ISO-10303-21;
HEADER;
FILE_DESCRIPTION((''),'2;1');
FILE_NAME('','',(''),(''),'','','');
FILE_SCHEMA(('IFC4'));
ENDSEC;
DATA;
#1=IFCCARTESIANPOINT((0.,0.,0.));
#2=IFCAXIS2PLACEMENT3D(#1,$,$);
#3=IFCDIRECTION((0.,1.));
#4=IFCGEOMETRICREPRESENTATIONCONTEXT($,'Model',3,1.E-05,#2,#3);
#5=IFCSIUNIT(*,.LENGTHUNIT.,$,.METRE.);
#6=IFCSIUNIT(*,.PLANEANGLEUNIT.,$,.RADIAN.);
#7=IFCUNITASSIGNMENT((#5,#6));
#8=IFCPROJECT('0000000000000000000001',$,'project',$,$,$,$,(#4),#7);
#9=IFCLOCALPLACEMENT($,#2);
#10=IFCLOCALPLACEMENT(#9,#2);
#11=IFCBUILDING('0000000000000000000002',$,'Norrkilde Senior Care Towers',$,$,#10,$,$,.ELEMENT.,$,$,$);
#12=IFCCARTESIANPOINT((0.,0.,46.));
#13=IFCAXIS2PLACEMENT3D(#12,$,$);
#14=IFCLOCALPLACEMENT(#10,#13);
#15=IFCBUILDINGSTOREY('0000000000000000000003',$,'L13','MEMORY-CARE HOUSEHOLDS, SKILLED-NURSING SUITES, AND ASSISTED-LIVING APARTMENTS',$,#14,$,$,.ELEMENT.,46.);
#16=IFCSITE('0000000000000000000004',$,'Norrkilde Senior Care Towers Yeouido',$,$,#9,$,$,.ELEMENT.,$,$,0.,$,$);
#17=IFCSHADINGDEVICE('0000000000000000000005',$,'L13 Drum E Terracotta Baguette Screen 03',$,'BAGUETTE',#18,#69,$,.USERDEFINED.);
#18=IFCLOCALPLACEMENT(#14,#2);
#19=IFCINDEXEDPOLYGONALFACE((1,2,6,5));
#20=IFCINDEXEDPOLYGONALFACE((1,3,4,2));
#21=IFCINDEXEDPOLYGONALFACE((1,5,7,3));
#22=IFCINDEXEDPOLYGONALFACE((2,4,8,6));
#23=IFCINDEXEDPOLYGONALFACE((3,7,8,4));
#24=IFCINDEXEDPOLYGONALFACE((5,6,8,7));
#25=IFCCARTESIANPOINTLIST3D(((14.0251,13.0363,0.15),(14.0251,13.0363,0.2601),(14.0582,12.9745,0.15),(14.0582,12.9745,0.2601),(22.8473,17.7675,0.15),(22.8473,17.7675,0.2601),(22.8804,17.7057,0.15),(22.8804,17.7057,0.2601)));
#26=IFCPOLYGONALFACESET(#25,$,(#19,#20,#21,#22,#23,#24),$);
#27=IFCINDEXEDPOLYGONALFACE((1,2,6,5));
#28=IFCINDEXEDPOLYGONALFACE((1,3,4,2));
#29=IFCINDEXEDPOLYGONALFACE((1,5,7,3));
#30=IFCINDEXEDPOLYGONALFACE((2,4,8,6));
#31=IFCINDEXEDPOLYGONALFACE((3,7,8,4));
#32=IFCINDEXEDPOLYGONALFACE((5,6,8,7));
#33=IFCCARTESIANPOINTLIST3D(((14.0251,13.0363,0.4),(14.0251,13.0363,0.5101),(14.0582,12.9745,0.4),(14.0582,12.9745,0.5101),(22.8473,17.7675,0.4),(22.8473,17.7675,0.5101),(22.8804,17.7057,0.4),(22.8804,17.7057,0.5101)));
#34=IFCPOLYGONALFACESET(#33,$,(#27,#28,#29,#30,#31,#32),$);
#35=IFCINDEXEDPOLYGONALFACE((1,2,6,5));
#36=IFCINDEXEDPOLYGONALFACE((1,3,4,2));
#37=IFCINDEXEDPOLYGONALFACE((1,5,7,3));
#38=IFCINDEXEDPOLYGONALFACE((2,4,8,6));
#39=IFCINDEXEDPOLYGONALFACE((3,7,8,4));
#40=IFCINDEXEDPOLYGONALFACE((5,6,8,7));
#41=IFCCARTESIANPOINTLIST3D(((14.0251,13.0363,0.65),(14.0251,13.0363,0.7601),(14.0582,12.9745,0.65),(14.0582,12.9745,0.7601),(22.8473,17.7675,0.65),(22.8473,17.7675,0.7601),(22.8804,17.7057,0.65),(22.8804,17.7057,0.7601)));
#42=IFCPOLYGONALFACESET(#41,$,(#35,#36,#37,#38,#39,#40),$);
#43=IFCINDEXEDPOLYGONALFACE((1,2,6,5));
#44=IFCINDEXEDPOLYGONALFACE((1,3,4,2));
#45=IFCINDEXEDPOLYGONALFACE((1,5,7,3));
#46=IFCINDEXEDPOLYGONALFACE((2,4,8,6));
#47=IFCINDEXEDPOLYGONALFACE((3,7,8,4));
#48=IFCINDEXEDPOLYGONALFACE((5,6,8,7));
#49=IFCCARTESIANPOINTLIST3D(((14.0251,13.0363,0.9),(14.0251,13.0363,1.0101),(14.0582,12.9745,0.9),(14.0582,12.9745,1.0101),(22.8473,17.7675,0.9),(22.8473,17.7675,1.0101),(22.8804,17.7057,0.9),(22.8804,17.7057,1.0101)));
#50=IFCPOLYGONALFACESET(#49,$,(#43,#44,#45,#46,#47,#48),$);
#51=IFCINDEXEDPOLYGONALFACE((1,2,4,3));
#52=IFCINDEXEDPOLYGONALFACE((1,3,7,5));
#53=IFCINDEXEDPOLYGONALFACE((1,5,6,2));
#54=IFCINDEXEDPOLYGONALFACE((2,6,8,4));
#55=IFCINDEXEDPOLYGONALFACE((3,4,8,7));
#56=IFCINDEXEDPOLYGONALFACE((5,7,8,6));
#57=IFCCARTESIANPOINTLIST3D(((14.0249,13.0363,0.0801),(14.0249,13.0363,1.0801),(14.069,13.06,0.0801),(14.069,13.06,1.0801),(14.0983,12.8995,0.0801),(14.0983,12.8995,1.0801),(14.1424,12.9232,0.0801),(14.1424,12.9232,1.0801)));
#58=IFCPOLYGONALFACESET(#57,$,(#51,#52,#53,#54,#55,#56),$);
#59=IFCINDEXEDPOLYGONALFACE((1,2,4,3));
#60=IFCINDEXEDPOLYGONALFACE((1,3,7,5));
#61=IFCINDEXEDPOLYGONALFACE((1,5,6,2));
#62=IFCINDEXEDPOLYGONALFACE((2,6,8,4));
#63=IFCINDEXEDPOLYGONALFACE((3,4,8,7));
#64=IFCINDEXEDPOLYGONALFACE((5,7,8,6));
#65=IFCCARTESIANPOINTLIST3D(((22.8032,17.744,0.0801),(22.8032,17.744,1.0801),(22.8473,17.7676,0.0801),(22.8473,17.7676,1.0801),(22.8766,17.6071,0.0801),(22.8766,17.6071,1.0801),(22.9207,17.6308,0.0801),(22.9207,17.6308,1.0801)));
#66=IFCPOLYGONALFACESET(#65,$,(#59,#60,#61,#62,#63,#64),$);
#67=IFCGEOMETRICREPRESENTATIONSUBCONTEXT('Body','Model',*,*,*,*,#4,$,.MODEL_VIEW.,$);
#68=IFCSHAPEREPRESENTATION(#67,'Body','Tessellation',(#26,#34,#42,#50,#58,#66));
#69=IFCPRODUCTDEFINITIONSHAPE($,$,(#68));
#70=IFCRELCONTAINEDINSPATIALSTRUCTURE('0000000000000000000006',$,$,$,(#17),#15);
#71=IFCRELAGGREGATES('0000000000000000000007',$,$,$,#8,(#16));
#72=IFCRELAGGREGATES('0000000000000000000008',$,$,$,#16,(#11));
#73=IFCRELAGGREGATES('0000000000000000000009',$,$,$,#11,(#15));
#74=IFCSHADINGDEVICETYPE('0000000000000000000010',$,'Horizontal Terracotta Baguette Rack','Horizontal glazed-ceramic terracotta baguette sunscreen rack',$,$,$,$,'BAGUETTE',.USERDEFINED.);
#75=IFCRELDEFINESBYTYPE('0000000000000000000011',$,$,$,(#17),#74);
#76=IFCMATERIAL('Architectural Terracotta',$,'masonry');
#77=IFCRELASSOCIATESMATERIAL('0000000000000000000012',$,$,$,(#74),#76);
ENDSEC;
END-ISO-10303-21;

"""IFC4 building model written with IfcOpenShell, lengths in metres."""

from ifc_helpers import new_model, si_unit, direction, frame, origin, origin_2d, place, context, subcontext, project, spatial, rectangle, extrude, source, transform, mapped, material, type_object, type_shapes, element, save


model = new_model("IFC4")

# Units and contexts
model_context = context("Model", 3, precision=1e-05, world=origin(), true_north=direction((0.0, 1.0)))
body_context = subcontext(model_context, "Body", "Model", "MODEL_VIEW")
ifc_project = project(units=[si_unit("LENGTHUNIT", "METRE"), si_unit("PLANEANGLEUNIT", "RADIAN")], contexts=[model_context])

# Site, building, storey
site_placement = place(None, origin())
site = spatial("IfcSite", under=ifc_project, at=site_placement, Name="Norrkilde Senior Care Towers Yeouido", CompositionType="ELEMENT", RefElevation=0.0)
building_placement = place(site_placement, origin())
building = spatial("IfcBuilding", under=site, at=building_placement, Name="Norrkilde Senior Care Towers", CompositionType="ELEMENT")
storey_placement = place(building_placement, frame((0.0, 0.0, 46.0)))
storey = spatial("IfcBuildingStorey", under=building, at=storey_placement, Name="L13", Description="MEMORY-CARE HOUSEHOLDS, SKILLED-NURSING SUITES, AND ASSISTED-LIVING APARTMENTS", CompositionType="ELEMENT", Elevation=46.0)

# Shading device
ifc_material_1 = material(Name="Architectural Terracotta", Category="masonry")
shading_device_type = type_object("IfcShadingDeviceType", Name="Horizontal Terracotta Baguette Rack", Description="Horizontal glazed-ceramic terracotta baguette sunscreen rack", ElementType="BAGUETTE", PredefinedType="USERDEFINED", material=ifc_material_1)
shared_shape_1 = source(origin(), body_context, "Body", "SweptSolid", [
    extrude(rectangle(XDim=0.0701, YDim=0.1101, at=origin_2d()), frame((0.0, 0.0901, 0.125), z_axis=(1.0, 0.0, 0.0), x_axis=(0.0, 1.0, 0.0)), (0.0, 0.0, 1.0), 10.0107),
    extrude(rectangle(XDim=0.0701, YDim=0.1101, at=origin_2d()), frame((0.0, 0.0901, 0.375), z_axis=(1.0, 0.0, 0.0), x_axis=(0.0, 1.0, 0.0)), (0.0, 0.0, 1.0), 10.0107),
    extrude(rectangle(XDim=0.0701, YDim=0.1101, at=origin_2d()), frame((0.0, 0.0901, 0.625), z_axis=(1.0, 0.0, 0.0), x_axis=(0.0, 1.0, 0.0)), (0.0, 0.0, 1.0), 10.0107),
    extrude(rectangle(XDim=0.0701, YDim=0.1101, at=origin_2d()), frame((0.0, 0.0901, 0.875), z_axis=(1.0, 0.0, 0.0), x_axis=(0.0, 1.0, 0.0)), (0.0, 0.0, 1.0), 10.0107),
    extrude(rectangle(XDim=0.05, YDim=0.1553, at=origin_2d()), frame((0.0249, 0.0476, 0.0)), (0.0, 0.0, 1.0), 1.0),
    extrude(rectangle(XDim=0.05, YDim=0.1553, at=origin_2d()), frame((9.9858, 0.0476, 0.0)), (0.0, 0.0, 1.0), 1.0),
])
type_shapes(shading_device_type, [shared_shape_1])
shading_device_placement = place(storey_placement, frame((14.0842, 12.926, 0.0801), z_axis=(0.0, 0.0, 1.0), x_axis=(0.88128, 0.472612, 0.0)))
element("IfcShadingDevice", 1, at=shading_device_placement, inside=storey, type_object=shading_device_type, Name="L13 Drum E Terracotta Baguette Screen 03", ObjectType="BAGUETTE", PredefinedType="USERDEFINED", context=body_context, shape_type="MappedRepresentation", body=[
    mapped(shared_shape_1, transform((0.0, 0.0, 0.0), x_axis=(1.0, 0.0, 0.0), y_axis=(0.0, 1.0, 0.0), z_axis=(0.0, 0.0, 1.0), scale=1.0)),
])

save(model, "model.ifc")
